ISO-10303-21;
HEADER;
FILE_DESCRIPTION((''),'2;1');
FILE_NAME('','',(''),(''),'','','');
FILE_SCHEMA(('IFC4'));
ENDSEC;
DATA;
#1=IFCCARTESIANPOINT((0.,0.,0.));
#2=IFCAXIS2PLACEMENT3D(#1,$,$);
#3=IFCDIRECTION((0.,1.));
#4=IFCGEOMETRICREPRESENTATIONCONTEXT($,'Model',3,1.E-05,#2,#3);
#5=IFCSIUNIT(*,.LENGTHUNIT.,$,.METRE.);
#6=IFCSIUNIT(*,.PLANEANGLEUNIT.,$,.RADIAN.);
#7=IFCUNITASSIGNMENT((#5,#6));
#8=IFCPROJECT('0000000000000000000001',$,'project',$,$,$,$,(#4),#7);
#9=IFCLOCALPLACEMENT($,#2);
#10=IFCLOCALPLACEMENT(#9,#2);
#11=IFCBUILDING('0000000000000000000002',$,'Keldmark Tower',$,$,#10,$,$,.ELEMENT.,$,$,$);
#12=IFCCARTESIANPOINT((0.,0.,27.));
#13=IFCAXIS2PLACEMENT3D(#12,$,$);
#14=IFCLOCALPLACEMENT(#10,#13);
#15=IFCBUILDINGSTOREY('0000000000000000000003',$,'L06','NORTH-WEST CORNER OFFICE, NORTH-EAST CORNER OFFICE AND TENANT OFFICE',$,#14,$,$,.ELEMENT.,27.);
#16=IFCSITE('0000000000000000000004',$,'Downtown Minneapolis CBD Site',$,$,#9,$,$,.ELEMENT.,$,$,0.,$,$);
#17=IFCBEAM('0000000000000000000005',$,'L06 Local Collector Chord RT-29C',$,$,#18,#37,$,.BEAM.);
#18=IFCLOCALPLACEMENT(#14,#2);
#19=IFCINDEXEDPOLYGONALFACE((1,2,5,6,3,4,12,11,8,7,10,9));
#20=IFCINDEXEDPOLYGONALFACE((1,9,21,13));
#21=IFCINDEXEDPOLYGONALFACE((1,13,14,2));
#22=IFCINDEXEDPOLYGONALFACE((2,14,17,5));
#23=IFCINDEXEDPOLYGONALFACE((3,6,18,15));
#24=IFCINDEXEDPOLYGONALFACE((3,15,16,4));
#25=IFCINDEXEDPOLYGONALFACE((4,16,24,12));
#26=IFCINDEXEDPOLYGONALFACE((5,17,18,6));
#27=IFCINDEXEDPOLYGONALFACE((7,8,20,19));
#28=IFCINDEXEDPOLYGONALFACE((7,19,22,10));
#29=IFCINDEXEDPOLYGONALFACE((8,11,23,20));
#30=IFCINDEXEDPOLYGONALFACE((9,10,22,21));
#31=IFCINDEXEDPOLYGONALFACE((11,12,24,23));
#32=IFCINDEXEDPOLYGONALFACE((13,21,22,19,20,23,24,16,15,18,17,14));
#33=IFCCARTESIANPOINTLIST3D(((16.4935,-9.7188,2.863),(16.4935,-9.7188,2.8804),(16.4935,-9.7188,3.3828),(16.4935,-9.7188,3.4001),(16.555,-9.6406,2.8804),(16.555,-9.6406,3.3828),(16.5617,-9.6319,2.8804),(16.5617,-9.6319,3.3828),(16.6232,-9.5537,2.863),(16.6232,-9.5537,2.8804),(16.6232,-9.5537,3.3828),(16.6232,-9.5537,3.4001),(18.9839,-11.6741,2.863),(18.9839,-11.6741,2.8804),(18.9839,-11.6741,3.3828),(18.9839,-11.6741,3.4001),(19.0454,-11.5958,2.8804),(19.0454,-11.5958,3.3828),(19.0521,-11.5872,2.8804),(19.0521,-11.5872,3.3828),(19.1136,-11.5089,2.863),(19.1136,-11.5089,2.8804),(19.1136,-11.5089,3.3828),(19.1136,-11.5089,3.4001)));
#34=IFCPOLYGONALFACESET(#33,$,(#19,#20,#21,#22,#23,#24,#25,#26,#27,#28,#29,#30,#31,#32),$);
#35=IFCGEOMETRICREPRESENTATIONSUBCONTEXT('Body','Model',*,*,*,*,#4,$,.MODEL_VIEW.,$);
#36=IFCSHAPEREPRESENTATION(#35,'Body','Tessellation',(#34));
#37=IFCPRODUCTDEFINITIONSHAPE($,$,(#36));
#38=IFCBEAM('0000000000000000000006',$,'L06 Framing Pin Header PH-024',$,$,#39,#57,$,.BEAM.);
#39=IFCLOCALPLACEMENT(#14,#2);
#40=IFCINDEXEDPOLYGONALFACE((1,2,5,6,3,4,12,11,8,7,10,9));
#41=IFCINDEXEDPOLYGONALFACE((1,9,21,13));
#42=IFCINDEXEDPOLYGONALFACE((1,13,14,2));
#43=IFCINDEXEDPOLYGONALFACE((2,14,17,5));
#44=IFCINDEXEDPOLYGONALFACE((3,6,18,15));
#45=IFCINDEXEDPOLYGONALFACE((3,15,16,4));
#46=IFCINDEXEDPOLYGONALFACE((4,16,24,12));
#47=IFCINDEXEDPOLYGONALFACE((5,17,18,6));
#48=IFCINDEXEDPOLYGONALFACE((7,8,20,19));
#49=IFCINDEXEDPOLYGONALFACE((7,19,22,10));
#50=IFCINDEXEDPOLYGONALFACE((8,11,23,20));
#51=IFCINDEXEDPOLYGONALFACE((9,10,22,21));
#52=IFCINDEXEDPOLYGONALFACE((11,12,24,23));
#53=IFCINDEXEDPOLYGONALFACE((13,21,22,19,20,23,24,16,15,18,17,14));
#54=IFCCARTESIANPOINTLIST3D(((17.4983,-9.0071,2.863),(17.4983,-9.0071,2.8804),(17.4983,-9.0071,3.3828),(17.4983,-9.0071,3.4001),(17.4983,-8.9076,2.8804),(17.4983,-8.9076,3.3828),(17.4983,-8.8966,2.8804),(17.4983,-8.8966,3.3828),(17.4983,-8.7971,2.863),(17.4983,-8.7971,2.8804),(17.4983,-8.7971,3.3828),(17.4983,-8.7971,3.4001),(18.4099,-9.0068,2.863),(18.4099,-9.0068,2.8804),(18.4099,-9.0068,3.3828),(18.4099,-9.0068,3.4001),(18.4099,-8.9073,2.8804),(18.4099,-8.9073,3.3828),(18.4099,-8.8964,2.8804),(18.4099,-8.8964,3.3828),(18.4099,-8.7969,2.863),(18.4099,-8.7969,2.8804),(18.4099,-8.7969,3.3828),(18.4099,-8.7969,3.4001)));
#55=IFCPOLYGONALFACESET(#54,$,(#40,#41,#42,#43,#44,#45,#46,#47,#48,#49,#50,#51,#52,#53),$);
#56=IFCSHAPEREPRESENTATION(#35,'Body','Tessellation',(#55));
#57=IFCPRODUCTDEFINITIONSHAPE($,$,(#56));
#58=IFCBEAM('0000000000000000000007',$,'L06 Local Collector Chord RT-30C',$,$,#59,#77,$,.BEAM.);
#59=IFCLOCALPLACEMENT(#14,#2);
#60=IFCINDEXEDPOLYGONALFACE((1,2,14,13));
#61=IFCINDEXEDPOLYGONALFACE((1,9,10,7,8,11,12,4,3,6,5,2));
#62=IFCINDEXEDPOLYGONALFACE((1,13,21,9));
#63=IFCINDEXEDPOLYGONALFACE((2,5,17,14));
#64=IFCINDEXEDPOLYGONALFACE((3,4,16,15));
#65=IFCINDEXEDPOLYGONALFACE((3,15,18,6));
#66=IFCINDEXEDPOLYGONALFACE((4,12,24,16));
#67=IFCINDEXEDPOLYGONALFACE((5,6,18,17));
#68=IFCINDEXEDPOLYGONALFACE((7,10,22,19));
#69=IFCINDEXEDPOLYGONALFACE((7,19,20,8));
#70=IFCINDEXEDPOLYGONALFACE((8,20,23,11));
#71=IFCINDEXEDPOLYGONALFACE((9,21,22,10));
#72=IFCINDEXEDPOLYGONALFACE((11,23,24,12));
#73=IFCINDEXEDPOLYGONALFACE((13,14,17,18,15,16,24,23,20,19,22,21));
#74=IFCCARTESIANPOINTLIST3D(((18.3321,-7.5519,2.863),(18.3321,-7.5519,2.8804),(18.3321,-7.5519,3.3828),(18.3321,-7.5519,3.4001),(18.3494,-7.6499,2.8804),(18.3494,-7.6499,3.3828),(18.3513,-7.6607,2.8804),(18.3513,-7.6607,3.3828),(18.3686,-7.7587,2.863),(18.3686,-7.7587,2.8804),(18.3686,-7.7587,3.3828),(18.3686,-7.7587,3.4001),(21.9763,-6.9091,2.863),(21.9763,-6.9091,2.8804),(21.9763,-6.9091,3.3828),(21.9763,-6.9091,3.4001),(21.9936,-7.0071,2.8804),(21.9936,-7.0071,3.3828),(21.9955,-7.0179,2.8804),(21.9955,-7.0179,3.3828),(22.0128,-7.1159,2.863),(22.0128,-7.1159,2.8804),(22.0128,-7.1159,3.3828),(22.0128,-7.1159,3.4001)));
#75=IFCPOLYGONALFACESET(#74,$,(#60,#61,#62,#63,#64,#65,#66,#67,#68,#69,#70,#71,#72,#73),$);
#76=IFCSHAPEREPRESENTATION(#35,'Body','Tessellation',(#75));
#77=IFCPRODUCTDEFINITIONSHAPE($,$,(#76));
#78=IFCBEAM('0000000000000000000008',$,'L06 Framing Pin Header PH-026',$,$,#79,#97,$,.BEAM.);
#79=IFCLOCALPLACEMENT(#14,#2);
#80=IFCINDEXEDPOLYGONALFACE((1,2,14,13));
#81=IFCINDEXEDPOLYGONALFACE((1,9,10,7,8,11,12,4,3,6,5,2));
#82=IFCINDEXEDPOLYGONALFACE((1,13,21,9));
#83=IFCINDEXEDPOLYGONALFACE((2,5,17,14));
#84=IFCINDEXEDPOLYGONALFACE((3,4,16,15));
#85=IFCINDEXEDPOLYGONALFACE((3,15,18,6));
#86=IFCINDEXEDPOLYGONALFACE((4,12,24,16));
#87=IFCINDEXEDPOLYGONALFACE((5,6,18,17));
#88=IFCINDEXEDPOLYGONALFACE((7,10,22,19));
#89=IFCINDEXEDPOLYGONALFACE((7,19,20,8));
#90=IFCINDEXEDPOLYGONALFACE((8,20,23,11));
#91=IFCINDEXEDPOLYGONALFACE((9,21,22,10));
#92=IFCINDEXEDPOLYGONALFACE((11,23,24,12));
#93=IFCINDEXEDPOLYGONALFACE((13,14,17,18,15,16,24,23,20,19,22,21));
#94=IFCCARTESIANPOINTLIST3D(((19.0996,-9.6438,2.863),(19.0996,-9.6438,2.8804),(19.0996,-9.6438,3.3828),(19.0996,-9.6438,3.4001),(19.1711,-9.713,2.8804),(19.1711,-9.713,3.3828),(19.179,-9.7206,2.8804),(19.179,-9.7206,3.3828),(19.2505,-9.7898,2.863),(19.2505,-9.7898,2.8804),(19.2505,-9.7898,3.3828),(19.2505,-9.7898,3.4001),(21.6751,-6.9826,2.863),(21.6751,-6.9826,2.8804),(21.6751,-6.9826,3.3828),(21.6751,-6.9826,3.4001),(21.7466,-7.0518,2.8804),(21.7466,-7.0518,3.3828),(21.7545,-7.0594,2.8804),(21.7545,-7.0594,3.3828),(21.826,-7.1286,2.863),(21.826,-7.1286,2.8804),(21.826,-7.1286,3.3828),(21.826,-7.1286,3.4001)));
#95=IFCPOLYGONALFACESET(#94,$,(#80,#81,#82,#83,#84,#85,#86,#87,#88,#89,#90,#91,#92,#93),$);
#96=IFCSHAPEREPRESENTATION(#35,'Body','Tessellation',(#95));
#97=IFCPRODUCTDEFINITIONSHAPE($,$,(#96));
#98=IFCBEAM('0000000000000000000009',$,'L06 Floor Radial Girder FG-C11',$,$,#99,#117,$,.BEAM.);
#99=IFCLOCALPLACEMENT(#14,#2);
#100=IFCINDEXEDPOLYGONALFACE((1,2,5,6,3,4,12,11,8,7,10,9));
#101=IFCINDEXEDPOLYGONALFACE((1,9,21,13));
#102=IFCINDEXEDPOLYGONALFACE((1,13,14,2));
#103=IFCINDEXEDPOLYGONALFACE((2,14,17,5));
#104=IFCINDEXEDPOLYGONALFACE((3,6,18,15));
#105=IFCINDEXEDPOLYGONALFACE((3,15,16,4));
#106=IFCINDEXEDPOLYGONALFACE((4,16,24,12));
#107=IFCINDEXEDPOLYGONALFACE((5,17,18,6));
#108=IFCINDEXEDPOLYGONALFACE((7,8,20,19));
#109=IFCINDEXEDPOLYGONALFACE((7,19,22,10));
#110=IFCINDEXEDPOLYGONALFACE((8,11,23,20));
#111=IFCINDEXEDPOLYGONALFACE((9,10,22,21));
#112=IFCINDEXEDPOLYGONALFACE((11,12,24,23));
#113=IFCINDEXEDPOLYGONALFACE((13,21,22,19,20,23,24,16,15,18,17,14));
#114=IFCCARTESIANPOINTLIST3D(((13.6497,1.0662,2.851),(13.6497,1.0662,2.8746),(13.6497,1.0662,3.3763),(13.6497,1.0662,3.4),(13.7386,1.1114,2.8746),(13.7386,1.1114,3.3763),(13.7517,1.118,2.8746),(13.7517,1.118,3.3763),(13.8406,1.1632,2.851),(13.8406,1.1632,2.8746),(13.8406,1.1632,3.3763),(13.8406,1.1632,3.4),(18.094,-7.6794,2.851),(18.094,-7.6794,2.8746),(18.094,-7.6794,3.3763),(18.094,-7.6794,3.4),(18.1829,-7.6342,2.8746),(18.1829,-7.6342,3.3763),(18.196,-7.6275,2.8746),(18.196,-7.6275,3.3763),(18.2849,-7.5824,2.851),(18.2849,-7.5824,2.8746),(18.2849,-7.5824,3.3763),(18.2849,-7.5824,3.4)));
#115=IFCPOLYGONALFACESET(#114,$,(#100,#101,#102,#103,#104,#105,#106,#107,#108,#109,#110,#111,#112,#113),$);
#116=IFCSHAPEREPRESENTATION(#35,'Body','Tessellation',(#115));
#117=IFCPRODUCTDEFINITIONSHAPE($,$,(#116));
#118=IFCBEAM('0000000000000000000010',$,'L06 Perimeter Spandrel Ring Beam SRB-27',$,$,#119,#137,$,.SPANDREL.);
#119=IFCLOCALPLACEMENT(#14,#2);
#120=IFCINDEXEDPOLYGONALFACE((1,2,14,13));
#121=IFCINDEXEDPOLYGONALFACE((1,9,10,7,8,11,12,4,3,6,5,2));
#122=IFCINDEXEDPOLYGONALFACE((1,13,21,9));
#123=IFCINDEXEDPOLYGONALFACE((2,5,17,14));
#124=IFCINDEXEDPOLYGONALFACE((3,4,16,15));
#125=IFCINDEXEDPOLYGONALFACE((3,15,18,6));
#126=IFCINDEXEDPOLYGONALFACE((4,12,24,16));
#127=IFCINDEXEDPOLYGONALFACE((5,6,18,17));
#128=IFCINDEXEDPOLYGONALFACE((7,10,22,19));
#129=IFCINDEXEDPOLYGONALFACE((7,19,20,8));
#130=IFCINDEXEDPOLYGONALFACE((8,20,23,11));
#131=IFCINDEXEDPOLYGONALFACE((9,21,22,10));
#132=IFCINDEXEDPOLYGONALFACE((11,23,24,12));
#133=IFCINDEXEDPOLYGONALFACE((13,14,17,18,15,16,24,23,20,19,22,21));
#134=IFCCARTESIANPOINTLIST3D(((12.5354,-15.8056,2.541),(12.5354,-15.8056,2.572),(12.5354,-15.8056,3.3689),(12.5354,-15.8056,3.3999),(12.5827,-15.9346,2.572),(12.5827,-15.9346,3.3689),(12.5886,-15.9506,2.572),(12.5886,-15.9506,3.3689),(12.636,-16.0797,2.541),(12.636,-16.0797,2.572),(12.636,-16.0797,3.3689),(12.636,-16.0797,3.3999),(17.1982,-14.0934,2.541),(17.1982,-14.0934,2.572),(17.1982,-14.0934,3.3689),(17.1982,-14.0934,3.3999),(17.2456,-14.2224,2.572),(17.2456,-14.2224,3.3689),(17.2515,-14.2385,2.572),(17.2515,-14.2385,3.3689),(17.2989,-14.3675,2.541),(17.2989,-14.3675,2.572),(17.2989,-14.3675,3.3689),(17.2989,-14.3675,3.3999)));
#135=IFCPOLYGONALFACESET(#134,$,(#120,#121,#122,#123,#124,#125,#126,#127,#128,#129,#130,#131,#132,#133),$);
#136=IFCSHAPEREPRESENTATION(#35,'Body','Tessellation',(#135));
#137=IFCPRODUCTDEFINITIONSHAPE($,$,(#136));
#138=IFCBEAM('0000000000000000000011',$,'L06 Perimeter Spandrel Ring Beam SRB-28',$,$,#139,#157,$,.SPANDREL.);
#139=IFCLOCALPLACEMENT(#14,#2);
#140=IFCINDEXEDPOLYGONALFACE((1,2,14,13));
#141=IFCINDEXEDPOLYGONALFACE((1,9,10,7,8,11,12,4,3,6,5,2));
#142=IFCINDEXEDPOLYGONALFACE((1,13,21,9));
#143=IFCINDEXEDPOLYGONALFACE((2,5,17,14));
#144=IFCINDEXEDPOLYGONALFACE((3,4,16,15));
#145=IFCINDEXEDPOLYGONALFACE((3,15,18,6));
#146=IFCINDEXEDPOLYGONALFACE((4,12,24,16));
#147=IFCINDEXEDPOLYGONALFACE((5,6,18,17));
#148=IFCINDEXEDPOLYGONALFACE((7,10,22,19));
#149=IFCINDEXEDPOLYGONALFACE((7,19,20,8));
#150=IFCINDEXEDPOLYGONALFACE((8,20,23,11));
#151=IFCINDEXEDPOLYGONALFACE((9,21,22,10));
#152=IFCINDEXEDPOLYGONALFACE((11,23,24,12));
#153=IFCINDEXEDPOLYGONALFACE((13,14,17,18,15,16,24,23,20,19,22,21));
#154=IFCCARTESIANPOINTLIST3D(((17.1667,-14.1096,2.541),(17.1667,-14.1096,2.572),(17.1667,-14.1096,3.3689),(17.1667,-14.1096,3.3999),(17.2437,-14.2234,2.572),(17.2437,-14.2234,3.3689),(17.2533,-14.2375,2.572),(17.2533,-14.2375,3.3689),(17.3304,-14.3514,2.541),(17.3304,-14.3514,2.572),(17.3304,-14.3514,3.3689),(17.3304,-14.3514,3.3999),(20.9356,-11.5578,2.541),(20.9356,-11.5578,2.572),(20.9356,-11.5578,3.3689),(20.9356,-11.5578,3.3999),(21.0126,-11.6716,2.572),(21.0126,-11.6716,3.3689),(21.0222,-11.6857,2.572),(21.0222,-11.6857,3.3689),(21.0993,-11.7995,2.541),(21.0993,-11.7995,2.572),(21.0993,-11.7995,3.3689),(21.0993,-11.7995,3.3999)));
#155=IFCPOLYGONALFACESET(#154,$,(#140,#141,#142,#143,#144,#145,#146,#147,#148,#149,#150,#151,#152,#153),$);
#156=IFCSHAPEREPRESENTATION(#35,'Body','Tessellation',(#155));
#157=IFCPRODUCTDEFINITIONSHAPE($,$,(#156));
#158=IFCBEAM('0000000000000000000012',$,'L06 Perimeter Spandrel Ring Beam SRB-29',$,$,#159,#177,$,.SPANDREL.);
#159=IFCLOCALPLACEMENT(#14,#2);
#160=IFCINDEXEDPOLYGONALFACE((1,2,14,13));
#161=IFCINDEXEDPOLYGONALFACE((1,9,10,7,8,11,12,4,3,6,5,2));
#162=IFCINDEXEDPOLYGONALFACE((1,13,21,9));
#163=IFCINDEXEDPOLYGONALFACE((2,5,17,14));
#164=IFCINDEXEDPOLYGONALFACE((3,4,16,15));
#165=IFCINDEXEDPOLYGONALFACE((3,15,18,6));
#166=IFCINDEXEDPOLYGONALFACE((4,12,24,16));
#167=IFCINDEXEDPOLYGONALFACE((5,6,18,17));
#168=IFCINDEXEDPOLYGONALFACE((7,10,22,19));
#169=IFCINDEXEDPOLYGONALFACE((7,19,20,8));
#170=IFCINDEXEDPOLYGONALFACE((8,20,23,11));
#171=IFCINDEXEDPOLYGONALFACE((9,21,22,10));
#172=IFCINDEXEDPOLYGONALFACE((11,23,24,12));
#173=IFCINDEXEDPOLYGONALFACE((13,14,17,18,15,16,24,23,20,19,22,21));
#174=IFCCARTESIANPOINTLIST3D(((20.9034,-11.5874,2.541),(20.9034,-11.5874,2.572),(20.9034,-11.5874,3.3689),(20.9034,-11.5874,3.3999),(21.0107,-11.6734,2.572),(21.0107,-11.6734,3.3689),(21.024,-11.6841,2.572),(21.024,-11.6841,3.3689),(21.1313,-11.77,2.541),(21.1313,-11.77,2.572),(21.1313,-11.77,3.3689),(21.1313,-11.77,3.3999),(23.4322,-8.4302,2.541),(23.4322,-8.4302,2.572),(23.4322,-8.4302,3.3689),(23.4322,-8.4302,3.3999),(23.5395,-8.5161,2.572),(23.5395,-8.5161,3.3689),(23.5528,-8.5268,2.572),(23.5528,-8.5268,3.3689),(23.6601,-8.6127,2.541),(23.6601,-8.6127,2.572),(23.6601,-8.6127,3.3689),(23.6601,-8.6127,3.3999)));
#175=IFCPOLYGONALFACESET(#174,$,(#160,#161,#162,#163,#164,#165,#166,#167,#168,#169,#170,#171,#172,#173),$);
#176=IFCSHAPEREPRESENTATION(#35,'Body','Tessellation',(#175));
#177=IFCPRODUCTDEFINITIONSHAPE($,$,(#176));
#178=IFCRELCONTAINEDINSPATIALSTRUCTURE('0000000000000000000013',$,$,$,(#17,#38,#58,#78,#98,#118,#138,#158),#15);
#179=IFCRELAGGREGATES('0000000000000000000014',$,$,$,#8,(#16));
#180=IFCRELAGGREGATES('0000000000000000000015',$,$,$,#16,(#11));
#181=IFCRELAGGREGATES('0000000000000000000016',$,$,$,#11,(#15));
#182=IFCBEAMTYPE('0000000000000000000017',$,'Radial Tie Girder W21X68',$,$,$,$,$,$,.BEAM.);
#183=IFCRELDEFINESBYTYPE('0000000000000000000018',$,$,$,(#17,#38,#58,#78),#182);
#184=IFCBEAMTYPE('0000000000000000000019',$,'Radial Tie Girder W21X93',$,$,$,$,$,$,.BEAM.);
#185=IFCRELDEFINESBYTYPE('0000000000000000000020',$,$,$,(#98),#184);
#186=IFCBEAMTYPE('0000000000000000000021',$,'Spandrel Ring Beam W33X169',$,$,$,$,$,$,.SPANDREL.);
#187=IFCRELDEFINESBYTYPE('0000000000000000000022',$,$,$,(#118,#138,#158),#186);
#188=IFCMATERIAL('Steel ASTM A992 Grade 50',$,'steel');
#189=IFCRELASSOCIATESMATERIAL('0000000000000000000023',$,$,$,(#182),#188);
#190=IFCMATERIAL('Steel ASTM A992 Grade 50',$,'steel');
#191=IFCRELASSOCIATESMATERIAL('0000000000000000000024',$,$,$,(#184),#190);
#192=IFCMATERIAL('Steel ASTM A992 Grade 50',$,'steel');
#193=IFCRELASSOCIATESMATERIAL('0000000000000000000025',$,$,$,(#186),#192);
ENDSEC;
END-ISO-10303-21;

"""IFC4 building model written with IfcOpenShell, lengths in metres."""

from ifc_helpers import new_model, si_unit, direction, frame, origin, origin_2d, place, context, subcontext, project, spatial, i_section, extrude, material, material_profile, profile_set, type_object, element, save


model = new_model("IFC4")

# Units and contexts
model_context = context("Model", 3, precision=1e-05, world=origin(), true_north=direction((0.0, 1.0)))
body_context = subcontext(model_context, "Body", "Model", "MODEL_VIEW")
ifc_project = project(units=[si_unit("LENGTHUNIT", "METRE"), si_unit("PLANEANGLEUNIT", "RADIAN")], contexts=[model_context])

# Site, building, storey
site_placement = place(None, origin())
site = spatial("IfcSite", under=ifc_project, at=site_placement, Name="Downtown Minneapolis CBD Site", CompositionType="ELEMENT", RefElevation=0.0)
building_placement = place(site_placement, origin())
building = spatial("IfcBuilding", under=site, at=building_placement, Name="Keldmark Tower", CompositionType="ELEMENT")
storey_placement = place(building_placement, frame((0.0, 0.0, 27.0)))
storey = spatial("IfcBuildingStorey", under=building, at=storey_placement, Name="L06", Description="NORTH-WEST CORNER OFFICE, NORTH-EAST CORNER OFFICE AND TENANT OFFICE", CompositionType="ELEMENT", Elevation=27.0)

# Beams
ifc_material_1 = material(Name="Steel ASTM A992 Grade 50", Category="steel")
ifc_material_profile_1 = material_profile(ifc_material_1, i_section(OverallWidth=0.21, OverallDepth=0.5371, WebThickness=0.011, FlangeThickness=0.0173, at=origin_2d()), Name="W21X68")
ifc_profile_set_1 = profile_set([ifc_material_profile_1], Name="Steel ASTM A992 Grade 50")
beam_type_1 = type_object("IfcBeamType", Name="Radial Tie Girder W21X68", PredefinedType="BEAM", material=ifc_profile_set_1)
beam_1_placement = place(storey_placement, frame((16.5583, -9.6362, 3.1316), z_axis=(0.786546, -0.617532, 0.0), x_axis=(0.617532, 0.786546, 0.0)))
element("IfcBeam", 1, at=beam_1_placement, inside=storey, type_object=beam_type_1, Name="L06 Local Collector Chord RT-29C", PredefinedType="BEAM", context=body_context, shape_type="SweptSolid", body=[
    extrude(i_section(OverallWidth=0.21, OverallDepth=0.5371, WebThickness=0.011, FlangeThickness=0.0173, at=origin_2d()), origin(), (0.0, 0.0, 1.0), 3.1663),
])
beam_2_placement = place(storey_placement, frame((17.4983, -8.9021, 3.1316), z_axis=(1.0, 0.000268, 0.0), x_axis=(-0.000268, 1.0, 0.0)))
element("IfcBeam", 2, at=beam_2_placement, inside=storey, type_object=beam_type_1, Name="L06 Framing Pin Header PH-024", PredefinedType="BEAM", context=body_context, shape_type="SweptSolid", body=[
    extrude(i_section(OverallWidth=0.21, OverallDepth=0.5371, WebThickness=0.011, FlangeThickness=0.0173, at=origin_2d()), origin(), (0.0, 0.0, 1.0), 0.9116),
])
beam_3_placement = place(storey_placement, frame((18.3503, -7.6553, 3.1316), z_axis=(0.984797, 0.17371, 0.0), x_axis=(-0.17371, 0.984797, 0.0)))
element("IfcBeam", 3, at=beam_3_placement, inside=storey, type_object=beam_type_1, Name="L06 Local Collector Chord RT-30C", PredefinedType="BEAM", context=body_context, shape_type="SweptSolid", body=[
    extrude(i_section(OverallWidth=0.21, OverallDepth=0.5371, WebThickness=0.011, FlangeThickness=0.0173, at=origin_2d()), origin(), (0.0, 0.0, 1.0), 3.7004),
])
beam_4_placement = place(storey_placement, frame((19.175, -9.7168, 3.1316), z_axis=(0.695442, 0.718582, 0.0), x_axis=(-0.718582, 0.695442, 0.0)))
element("IfcBeam", 4, at=beam_4_placement, inside=storey, type_object=beam_type_1, Name="L06 Framing Pin Header PH-026", PredefinedType="BEAM", context=body_context, shape_type="SweptSolid", body=[
    extrude(i_section(OverallWidth=0.21, OverallDepth=0.5371, WebThickness=0.011, FlangeThickness=0.0173, at=origin_2d()), origin(), (0.0, 0.0, 1.0), 3.7034),
])
ifc_material_2 = material(Name="Steel ASTM A992 Grade 50", Category="steel")
ifc_material_profile_2 = material_profile(ifc_material_2, i_section(OverallWidth=0.2141, OverallDepth=0.5491, WebThickness=0.0146, FlangeThickness=0.0237, at=origin_2d()), Name="W21X93")
ifc_profile_set_2 = profile_set([ifc_material_profile_2], Name="Steel ASTM A992 Grade 50")
beam_type_2 = type_object("IfcBeamType", Name="Radial Tie Girder W21X93", PredefinedType="BEAM", material=ifc_profile_set_2)
beam_5_placement = place(storey_placement, frame((18.1895, -7.6309, 3.1255), z_axis=(-0.453038, 0.891491, 0.0), x_axis=(-0.891491, -0.453038, 0.0)))
element("IfcBeam", 5, at=beam_5_placement, inside=storey, type_object=beam_type_2, Name="L06 Floor Radial Girder FG-C11", PredefinedType="BEAM", context=body_context, shape_type="SweptSolid", body=[
    extrude(i_section(OverallWidth=0.2141, OverallDepth=0.5491, WebThickness=0.0146, FlangeThickness=0.0237, at=origin_2d()), origin(), (0.0, 0.0, 1.0), 9.8101),
])
ifc_material_3 = material(Name="Steel ASTM A992 Grade 50", Category="steel")
ifc_material_profile_3 = material_profile(ifc_material_3, i_section(OverallWidth=0.292, OverallDepth=0.8589, WebThickness=0.0171, FlangeThickness=0.031, at=origin_2d()), Name="W33X169")
ifc_profile_set_3 = profile_set([ifc_material_profile_3], Name="Steel ASTM A992 Grade 50")
beam_type_3 = type_object("IfcBeamType", Name="Spandrel Ring Beam W33X169", PredefinedType="SPANDREL", material=ifc_profile_set_3)
beam_6_placement = place(storey_placement, frame((12.5857, -15.9426, 2.9705), z_axis=(0.938717, 0.344689, 0.0), x_axis=(-0.344689, 0.938717, 0.0)))
element("IfcBeam", 6, at=beam_6_placement, inside=storey, type_object=beam_type_3, Name="L06 Perimeter Spandrel Ring Beam SRB-27", PredefinedType="SPANDREL", context=body_context, shape_type="SweptSolid", body=[
    extrude(i_section(OverallWidth=0.292, OverallDepth=0.8589, WebThickness=0.0171, FlangeThickness=0.031, at=origin_2d()), origin(), (0.0, 0.0, 1.0), 4.9673),
])
beam_7_placement = place(storey_placement, frame((17.2485, -14.2305, 2.9705), z_axis=(0.828051, 0.560652, 0.0), x_axis=(-0.560652, 0.828051, 0.0)))
element("IfcBeam", 7, at=beam_7_placement, inside=storey, type_object=beam_type_3, Name="L06 Perimeter Spandrel Ring Beam SRB-28", PredefinedType="SPANDREL", context=body_context, shape_type="SweptSolid", body=[
    extrude(i_section(OverallWidth=0.292, OverallDepth=0.8589, WebThickness=0.0171, FlangeThickness=0.031, at=origin_2d()), origin(), (0.0, 0.0, 1.0), 4.5515),
])
beam_8_placement = place(storey_placement, frame((21.0173, -11.6787, 2.9705), z_axis=(0.625151, 0.780504, 0.0), x_axis=(-0.780504, 0.625151, 0.0)))
element("IfcBeam", 8, at=beam_8_placement, inside=storey, type_object=beam_type_3, Name="L06 Perimeter Spandrel Ring Beam SRB-29", PredefinedType="SPANDREL", context=body_context, shape_type="SweptSolid", body=[
    extrude(i_section(OverallWidth=0.292, OverallDepth=0.8589, WebThickness=0.0171, FlangeThickness=0.031, at=origin_2d()), origin(), (0.0, 0.0, 1.0), 4.0452),
])

save(model, "model.ifc")
